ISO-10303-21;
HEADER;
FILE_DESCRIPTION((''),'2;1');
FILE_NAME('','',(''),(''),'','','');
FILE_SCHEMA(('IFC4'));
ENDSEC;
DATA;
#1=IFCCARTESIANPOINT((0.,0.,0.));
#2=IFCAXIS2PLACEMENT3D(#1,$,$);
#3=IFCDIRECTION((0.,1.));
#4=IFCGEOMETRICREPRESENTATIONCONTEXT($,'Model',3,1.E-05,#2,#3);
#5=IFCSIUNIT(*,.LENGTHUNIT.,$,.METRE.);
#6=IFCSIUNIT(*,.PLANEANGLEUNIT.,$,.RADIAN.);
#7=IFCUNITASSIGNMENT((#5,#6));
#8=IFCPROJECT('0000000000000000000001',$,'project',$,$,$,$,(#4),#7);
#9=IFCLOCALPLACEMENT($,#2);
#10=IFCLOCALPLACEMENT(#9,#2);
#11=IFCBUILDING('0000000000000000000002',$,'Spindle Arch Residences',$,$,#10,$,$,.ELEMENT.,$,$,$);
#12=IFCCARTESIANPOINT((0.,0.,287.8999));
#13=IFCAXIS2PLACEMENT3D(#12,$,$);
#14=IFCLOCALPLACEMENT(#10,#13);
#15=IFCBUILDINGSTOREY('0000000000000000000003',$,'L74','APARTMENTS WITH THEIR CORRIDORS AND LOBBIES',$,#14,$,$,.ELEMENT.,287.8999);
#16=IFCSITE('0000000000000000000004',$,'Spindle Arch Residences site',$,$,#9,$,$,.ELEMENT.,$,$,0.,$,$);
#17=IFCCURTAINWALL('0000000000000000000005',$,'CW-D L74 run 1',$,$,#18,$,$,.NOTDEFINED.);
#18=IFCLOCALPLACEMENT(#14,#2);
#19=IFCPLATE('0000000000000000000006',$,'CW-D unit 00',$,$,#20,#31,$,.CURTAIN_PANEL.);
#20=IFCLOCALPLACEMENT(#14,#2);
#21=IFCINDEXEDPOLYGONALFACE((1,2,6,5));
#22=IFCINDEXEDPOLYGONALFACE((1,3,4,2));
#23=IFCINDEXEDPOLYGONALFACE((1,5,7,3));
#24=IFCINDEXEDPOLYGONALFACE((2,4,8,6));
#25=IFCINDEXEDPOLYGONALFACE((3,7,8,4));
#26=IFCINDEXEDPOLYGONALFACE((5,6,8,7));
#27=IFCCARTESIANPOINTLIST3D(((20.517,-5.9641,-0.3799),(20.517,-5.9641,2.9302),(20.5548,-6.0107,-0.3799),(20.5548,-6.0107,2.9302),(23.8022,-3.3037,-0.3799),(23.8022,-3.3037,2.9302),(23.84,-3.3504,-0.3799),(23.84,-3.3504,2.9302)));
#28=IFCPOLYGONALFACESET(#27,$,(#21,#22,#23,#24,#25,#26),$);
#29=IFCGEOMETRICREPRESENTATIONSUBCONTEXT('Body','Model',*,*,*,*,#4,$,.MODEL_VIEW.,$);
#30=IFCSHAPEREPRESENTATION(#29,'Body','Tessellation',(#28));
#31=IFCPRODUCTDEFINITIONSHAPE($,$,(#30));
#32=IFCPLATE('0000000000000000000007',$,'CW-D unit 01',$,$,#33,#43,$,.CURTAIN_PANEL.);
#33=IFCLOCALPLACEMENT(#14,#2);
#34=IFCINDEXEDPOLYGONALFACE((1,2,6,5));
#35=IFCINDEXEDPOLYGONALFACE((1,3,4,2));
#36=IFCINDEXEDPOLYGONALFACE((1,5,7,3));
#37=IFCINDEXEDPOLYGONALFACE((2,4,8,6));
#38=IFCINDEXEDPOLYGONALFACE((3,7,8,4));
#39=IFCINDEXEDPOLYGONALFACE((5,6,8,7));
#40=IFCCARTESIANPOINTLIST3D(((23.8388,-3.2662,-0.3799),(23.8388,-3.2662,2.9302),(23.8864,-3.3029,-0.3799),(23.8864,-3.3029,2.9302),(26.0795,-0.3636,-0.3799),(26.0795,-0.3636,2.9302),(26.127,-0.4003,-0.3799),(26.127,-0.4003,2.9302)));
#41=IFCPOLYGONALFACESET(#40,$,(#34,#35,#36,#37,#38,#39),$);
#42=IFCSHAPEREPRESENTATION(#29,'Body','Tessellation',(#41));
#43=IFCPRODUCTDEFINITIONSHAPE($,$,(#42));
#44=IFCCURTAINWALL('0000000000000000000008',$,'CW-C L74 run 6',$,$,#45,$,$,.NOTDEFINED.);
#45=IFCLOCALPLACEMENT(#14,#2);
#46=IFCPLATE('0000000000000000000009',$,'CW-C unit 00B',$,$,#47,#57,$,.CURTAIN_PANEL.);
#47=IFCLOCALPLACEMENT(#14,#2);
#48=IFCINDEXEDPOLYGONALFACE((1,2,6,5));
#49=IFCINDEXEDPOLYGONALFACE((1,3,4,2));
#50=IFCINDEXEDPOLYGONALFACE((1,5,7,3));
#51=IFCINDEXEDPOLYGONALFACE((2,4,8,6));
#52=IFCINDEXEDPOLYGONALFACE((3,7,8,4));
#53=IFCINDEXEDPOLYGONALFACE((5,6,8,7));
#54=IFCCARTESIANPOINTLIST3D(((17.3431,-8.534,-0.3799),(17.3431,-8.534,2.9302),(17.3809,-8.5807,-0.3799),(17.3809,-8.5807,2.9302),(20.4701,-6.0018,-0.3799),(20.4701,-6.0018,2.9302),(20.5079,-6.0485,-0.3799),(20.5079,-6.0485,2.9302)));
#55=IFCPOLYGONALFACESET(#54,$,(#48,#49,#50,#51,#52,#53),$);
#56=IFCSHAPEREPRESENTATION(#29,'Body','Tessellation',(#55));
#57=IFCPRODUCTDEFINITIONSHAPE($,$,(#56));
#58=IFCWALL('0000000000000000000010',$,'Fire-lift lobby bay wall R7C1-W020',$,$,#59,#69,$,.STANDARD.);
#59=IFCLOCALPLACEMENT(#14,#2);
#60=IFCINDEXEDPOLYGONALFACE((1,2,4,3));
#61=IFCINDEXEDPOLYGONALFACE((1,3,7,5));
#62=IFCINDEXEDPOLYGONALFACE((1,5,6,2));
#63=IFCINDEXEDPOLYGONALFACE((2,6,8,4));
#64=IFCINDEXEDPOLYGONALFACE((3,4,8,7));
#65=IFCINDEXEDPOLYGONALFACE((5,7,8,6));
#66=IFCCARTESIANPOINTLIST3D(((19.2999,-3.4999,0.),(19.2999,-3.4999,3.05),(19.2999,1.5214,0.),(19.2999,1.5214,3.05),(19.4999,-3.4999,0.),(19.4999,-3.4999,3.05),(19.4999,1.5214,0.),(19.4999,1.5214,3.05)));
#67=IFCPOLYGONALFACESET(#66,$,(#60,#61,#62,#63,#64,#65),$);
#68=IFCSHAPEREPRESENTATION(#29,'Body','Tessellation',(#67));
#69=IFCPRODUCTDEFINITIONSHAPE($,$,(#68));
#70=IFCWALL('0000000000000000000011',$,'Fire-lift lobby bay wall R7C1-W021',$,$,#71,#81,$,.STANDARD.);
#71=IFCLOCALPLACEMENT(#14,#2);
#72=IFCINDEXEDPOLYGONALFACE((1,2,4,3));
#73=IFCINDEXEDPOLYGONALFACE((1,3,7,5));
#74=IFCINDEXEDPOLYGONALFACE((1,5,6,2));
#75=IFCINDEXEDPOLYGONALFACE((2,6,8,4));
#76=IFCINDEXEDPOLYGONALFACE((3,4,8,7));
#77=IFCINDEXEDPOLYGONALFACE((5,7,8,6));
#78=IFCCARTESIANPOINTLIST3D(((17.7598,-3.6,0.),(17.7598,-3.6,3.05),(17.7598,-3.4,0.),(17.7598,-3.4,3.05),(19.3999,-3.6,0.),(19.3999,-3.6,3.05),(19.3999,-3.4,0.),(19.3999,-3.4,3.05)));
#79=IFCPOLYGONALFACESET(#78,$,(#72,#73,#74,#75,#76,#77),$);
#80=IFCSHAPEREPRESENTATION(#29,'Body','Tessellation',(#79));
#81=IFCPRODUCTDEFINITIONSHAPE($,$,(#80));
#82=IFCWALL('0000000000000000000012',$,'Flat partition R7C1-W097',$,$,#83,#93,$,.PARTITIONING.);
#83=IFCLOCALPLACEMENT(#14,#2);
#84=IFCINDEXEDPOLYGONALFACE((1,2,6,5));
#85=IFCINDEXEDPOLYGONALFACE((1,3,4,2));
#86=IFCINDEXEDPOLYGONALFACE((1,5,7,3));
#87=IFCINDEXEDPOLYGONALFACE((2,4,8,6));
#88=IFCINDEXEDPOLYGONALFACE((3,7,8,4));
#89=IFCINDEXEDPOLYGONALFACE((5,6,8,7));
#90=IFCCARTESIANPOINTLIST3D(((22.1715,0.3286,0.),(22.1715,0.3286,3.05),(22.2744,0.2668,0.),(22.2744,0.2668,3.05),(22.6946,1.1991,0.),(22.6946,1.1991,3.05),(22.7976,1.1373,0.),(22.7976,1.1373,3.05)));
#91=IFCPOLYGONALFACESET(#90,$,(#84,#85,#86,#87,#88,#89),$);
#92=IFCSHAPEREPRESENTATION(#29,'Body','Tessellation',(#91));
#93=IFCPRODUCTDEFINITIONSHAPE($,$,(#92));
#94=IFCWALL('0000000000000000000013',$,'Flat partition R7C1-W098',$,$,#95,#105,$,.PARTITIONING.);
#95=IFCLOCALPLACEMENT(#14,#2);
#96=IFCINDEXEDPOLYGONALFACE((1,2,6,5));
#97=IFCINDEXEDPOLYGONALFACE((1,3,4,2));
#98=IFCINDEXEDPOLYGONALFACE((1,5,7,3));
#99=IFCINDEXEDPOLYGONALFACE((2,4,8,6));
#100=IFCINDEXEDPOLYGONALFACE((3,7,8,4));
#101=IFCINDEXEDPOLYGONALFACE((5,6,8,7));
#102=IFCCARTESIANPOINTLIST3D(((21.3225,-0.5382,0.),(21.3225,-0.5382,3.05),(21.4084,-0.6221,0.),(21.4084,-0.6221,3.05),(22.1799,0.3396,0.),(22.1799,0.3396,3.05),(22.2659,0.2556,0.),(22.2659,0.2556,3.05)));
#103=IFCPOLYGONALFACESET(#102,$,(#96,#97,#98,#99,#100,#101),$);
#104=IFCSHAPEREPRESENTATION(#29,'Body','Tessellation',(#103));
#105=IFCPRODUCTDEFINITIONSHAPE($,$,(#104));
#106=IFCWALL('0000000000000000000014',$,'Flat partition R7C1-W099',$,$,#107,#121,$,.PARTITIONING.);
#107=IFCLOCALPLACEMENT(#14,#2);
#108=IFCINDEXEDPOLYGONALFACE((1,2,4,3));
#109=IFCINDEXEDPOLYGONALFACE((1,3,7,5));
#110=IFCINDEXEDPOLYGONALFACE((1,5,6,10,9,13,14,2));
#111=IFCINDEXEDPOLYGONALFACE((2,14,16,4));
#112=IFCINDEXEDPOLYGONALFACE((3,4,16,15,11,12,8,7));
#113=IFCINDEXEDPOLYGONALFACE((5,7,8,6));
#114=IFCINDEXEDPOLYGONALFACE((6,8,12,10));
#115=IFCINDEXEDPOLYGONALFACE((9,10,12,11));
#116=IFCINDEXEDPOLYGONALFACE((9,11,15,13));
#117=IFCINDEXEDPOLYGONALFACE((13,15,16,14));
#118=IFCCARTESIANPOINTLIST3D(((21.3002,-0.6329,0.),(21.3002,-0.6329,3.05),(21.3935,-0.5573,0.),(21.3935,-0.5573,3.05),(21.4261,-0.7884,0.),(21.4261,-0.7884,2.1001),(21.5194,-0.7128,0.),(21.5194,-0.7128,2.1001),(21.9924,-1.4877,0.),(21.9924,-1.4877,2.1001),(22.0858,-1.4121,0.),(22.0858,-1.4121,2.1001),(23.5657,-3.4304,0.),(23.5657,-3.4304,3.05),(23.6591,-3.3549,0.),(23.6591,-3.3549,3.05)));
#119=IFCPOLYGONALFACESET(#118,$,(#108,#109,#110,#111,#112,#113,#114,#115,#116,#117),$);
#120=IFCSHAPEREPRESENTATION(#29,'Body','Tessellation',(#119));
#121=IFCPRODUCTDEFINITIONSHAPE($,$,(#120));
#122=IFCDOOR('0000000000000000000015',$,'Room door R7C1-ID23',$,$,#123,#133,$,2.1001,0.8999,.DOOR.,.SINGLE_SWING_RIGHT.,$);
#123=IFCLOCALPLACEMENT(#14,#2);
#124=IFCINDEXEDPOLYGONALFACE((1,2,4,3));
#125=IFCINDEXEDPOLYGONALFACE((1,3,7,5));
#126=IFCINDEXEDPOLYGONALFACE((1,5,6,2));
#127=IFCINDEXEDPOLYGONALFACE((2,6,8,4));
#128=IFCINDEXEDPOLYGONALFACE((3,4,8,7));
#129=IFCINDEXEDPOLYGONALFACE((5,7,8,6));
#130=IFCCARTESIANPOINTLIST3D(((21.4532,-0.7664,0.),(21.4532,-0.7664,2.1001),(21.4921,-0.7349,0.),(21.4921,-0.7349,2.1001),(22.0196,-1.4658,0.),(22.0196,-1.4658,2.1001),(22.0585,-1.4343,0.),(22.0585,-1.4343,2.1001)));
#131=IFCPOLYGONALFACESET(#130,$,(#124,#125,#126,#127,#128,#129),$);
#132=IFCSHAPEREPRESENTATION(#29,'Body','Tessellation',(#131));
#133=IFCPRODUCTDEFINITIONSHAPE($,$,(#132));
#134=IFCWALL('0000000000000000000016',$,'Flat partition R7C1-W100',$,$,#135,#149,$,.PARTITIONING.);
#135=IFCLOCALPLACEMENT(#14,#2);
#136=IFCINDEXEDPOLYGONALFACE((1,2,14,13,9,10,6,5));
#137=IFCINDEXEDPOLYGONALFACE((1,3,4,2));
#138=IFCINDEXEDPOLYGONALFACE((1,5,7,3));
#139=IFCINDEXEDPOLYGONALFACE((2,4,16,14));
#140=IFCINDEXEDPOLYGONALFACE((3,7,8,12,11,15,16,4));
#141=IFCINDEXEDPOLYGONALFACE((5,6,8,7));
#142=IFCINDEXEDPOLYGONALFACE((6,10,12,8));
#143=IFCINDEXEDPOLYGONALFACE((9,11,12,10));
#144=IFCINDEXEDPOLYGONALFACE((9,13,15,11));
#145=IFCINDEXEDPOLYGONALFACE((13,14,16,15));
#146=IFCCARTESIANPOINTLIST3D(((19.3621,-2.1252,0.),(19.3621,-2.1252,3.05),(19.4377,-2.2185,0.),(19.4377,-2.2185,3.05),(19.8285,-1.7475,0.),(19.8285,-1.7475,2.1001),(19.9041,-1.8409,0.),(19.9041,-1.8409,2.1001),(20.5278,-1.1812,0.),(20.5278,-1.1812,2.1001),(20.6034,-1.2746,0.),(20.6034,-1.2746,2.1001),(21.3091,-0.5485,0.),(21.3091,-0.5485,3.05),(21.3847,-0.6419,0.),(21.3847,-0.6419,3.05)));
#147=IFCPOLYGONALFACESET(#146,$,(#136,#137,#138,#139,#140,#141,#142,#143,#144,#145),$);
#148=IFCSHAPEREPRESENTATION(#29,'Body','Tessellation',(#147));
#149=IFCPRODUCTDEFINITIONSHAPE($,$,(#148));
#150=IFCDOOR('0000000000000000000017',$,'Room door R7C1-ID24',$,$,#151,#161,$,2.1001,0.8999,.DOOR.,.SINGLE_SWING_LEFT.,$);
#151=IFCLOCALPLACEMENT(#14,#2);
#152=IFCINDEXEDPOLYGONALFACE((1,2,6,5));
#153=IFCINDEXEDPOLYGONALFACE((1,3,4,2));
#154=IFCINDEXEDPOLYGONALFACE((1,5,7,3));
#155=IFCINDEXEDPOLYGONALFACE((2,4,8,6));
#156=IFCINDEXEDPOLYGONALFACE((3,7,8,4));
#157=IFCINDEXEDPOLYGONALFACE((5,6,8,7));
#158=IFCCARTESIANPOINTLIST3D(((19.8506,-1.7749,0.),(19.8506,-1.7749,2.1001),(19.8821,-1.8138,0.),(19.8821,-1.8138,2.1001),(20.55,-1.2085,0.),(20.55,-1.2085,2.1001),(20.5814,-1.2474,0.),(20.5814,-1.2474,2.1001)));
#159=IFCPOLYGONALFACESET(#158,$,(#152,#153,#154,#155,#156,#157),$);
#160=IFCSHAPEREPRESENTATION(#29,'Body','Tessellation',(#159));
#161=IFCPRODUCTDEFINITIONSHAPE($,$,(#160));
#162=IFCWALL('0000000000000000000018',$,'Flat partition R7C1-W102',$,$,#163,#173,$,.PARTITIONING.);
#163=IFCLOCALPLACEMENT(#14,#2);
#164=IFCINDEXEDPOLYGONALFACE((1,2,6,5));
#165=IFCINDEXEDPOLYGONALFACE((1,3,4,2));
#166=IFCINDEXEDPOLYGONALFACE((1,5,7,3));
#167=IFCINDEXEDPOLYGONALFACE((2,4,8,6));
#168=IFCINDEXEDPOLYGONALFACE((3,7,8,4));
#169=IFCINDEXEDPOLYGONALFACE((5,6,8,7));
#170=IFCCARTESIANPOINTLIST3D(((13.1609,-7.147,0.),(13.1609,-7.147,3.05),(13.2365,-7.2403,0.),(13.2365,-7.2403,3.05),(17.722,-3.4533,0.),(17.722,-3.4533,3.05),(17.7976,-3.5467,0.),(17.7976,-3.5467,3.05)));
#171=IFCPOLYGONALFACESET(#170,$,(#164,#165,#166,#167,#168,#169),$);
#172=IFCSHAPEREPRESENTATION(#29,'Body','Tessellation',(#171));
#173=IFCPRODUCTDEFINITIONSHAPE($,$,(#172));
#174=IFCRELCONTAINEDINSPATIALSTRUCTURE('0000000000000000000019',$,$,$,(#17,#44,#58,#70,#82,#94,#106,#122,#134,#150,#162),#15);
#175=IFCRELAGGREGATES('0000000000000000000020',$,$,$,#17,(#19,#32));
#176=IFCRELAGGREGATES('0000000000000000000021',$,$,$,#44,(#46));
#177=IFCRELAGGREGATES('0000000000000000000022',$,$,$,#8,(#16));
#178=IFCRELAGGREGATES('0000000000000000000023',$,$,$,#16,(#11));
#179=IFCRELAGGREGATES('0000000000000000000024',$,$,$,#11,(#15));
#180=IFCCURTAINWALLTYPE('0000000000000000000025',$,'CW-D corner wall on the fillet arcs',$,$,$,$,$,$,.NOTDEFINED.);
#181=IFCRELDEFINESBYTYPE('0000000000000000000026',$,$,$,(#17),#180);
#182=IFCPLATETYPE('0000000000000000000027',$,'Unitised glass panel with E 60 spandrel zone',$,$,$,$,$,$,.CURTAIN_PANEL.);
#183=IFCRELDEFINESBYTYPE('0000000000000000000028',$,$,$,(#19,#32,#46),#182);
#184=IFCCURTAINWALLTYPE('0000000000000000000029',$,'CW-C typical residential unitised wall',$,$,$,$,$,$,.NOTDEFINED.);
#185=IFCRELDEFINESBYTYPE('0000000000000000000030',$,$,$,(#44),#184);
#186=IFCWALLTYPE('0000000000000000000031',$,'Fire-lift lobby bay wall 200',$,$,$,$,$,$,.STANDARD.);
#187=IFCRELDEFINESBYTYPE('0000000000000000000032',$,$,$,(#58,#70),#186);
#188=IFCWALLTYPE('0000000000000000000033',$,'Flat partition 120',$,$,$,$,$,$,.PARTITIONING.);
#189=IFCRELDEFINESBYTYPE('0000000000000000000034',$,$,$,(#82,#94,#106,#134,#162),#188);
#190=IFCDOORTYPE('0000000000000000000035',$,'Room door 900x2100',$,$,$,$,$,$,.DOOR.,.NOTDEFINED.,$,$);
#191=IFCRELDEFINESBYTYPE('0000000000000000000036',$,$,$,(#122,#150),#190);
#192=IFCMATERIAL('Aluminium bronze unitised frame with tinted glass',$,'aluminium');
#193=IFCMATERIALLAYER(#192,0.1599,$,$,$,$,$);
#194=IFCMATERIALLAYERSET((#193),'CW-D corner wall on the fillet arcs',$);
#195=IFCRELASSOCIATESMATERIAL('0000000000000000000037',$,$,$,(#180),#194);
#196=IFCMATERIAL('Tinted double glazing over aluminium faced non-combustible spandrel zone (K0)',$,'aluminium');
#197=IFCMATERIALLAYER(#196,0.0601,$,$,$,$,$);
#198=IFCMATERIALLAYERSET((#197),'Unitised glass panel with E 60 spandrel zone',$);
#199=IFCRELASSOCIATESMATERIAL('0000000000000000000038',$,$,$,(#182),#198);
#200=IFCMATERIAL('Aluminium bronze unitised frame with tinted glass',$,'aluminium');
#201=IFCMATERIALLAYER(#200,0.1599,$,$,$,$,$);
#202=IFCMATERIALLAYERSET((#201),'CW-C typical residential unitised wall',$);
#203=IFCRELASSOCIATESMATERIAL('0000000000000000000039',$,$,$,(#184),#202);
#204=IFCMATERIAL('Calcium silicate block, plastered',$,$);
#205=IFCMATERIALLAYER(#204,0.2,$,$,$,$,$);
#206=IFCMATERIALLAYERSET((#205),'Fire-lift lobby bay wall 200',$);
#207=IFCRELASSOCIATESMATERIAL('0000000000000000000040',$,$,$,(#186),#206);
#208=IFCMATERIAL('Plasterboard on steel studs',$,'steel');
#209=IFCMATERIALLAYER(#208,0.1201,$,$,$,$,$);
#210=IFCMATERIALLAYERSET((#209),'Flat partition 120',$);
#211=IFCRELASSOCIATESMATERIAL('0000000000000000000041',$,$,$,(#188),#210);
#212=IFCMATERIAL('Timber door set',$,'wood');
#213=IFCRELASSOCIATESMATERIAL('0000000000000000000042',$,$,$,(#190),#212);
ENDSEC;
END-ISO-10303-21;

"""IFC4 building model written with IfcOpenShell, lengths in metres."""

from ifc_helpers import new_model, si_unit, direction, frame, frame_2d, origin, origin_2d, place, context, subcontext, project, spatial, rectangle, extrude, material, layer, layer_set, type_object, element, fill, aggregate, save


model = new_model("IFC4")

# Units and contexts
model_context = context("Model", 3, precision=1e-05, world=origin(), true_north=direction((0.0, 1.0)))
body_context = subcontext(model_context, "Body", "Model", "MODEL_VIEW")
ifc_project = project(units=[si_unit("LENGTHUNIT", "METRE"), si_unit("PLANEANGLEUNIT", "RADIAN")], contexts=[model_context])

# Site, building, storey
site_placement = place(None, origin())
site = spatial("IfcSite", under=ifc_project, at=site_placement, Name="Spindle Arch Residences site", CompositionType="ELEMENT", RefElevation=0.0)
building_placement = place(site_placement, origin())
building = spatial("IfcBuilding", under=site, at=building_placement, Name="Spindle Arch Residences", CompositionType="ELEMENT")
storey_placement = place(building_placement, frame((0.0, 0.0, 287.8999)))
storey = spatial("IfcBuildingStorey", under=building, at=storey_placement, Name="L74", Description="APARTMENTS WITH THEIR CORRIDORS AND LOBBIES", CompositionType="ELEMENT", Elevation=287.8999)

# Curtain wall
ifc_material_1 = material(Name="Aluminium bronze unitised frame with tinted glass", Category="aluminium")
ifc_layer_1 = layer(ifc_material_1, 0.1599)
ifc_layer_set_1 = layer_set([ifc_layer_1], Name="CW-D corner wall on the fillet arcs")
curtain_wall_type_1 = type_object("IfcCurtainWallType", Name="CW-D corner wall on the fillet arcs", PredefinedType="NOTDEFINED", material=ifc_layer_set_1)
curtain_wall_1_placement = place(storey_placement, origin())
curtain_wall_1 = element("IfcCurtainWall", 1, at=curtain_wall_1_placement, inside=storey, type_object=curtain_wall_type_1, Name="CW-D L74 run 1", PredefinedType="NOTDEFINED")

# Plates
ifc_material_2 = material(Name="Tinted double glazing over aluminium faced non-combustible spandrel zone (K0)", Category="aluminium")
ifc_layer_2 = layer(ifc_material_2, 0.0601)
ifc_layer_set_2 = layer_set([ifc_layer_2], Name="Unitised glass panel with E 60 spandrel zone")
plate_type = type_object("IfcPlateType", Name="Unitised glass panel with E 60 spandrel zone", PredefinedType="CURTAIN_PANEL", material=ifc_layer_set_2)
plate_1_placement = place(storey_placement, frame((22.1785, -4.6572, -0.3799), z_axis=(0.0, 0.0, 1.0), x_axis=(0.777146, 0.62932, 0.0)))
plate_1 = element("IfcPlate", 2, at=plate_1_placement, type_object=plate_type, Name="CW-D unit 00", PredefinedType="CURTAIN_PANEL", context=body_context, shape_type="SweptSolid", body=[
    extrude(rectangle(XDim=4.2273, YDim=0.0601, at=origin_2d()), origin(), (0.0, 0.0, 1.0), 3.3101),
])
plate_2_placement = place(storey_placement, frame((24.9829, -1.8333, -0.3799), z_axis=(0.0, 0.0, 1.0), x_axis=(0.611067, 0.791579, 0.0)))
plate_2 = element("IfcPlate", 3, at=plate_2_placement, type_object=plate_type, Name="CW-D unit 01", PredefinedType="CURTAIN_PANEL", context=body_context, shape_type="SweptSolid", body=[
    extrude(rectangle(XDim=3.6667, YDim=0.0601, at=origin_2d()), origin(), (0.0, 0.0, 1.0), 3.3101),
])
aggregate(curtain_wall_1, [plate_1, plate_2])

# Curtain wall, plate
ifc_material_3 = material(Name="Aluminium bronze unitised frame with tinted glass", Category="aluminium")
ifc_layer_3 = layer(ifc_material_3, 0.1599)
ifc_layer_set_3 = layer_set([ifc_layer_3], Name="CW-C typical residential unitised wall")
curtain_wall_type_2 = type_object("IfcCurtainWallType", Name="CW-C typical residential unitised wall", PredefinedType="NOTDEFINED", material=ifc_layer_set_3)
curtain_wall_2_placement = place(storey_placement, origin())
curtain_wall_2 = element("IfcCurtainWall", 4, at=curtain_wall_2_placement, inside=storey, type_object=curtain_wall_type_2, Name="CW-C L74 run 6", PredefinedType="NOTDEFINED")
plate_3_placement = place(storey_placement, frame((18.9255, -7.2913, -0.3799), z_axis=(0.0, 0.0, 1.0), x_axis=(0.777146, 0.62932, 0.0)))
plate_3 = element("IfcPlate", 5, at=plate_3_placement, type_object=plate_type, Name="CW-C unit 00B", PredefinedType="CURTAIN_PANEL", context=body_context, shape_type="SweptSolid", body=[
    extrude(rectangle(XDim=4.0237, YDim=0.0601, at=origin_2d()), origin(), (0.0, 0.0, 1.0), 3.3101),
])
aggregate(curtain_wall_2, [plate_3])

# Walls
ifc_material_4 = material(Name="Calcium silicate block, plastered")
ifc_layer_4 = layer(ifc_material_4, 0.2)
ifc_layer_set_4 = layer_set([ifc_layer_4], Name="Fire-lift lobby bay wall 200")
wall_type_1 = type_object("IfcWallType", Name="Fire-lift lobby bay wall 200", PredefinedType="STANDARD", material=ifc_layer_set_4)
wall_1_placement = place(storey_placement, frame((19.3999, -3.5, 0.0), z_axis=(0.0, 0.0, 1.0), x_axis=(0.0, 1.0, 0.0)))
element("IfcWall", 6, at=wall_1_placement, inside=storey, type_object=wall_type_1, Name="Fire-lift lobby bay wall R7C1-W020", PredefinedType="STANDARD", context=body_context, shape_type="SweptSolid", body=[
    extrude(rectangle(XDim=5.0212, YDim=0.2, at=frame_2d((2.5107, 0.0))), origin(), (0.0, 0.0, 1.0), 3.05),
])
wall_2_placement = place(storey_placement, frame((17.7598, -3.5, 0.0), z_axis=(0.0, 0.0, 1.0), x_axis=(1.0, 0.0, 0.0)))
element("IfcWall", 7, at=wall_2_placement, inside=storey, type_object=wall_type_1, Name="Fire-lift lobby bay wall R7C1-W021", PredefinedType="STANDARD", context=body_context, shape_type="SweptSolid", body=[
    extrude(rectangle(XDim=1.6401, YDim=0.2, at=frame_2d((0.8201, 0.0))), origin(), (0.0, 0.0, 1.0), 3.05),
])
ifc_material_5 = material(Name="Plasterboard on steel studs", Category="steel")
ifc_layer_5 = layer(ifc_material_5, 0.1201)
ifc_layer_set_5 = layer_set([ifc_layer_5], Name="Flat partition 120")
wall_type_2 = type_object("IfcWallType", Name="Flat partition 120", PredefinedType="PARTITIONING", material=ifc_layer_set_5)
wall_3_placement = place(storey_placement, frame((22.7461, 1.1682, 0.0), z_axis=(0.0, 0.0, 1.0), x_axis=(-0.515097, -0.857132, 0.0)))
element("IfcWall", 8, at=wall_3_placement, inside=storey, type_object=wall_type_2, Name="Flat partition R7C1-W097", PredefinedType="PARTITIONING", context=body_context, shape_type="SweptSolid", body=[
    extrude(rectangle(XDim=1.0156, YDim=0.1201, at=frame_2d((0.5078, 0.0))), origin(), (0.0, 0.0, 1.0), 3.05),
])
wall_4_placement = place(storey_placement, frame((22.2229, 0.2976, 0.0), z_axis=(0.0, 0.0, 1.0), x_axis=(-0.698801, -0.715316, 0.0)))
element("IfcWall", 9, at=wall_4_placement, inside=storey, type_object=wall_type_2, Name="Flat partition R7C1-W098", PredefinedType="PARTITIONING", context=body_context, shape_type="SweptSolid", body=[
    extrude(rectangle(XDim=1.2271, YDim=0.1201, at=frame_2d((0.6135, 0.0))), origin(), (0.0, 0.0, 1.0), 3.05),
])

# Walls, openings, doors
wall_5_placement = place(storey_placement, frame((21.3469, -0.5952, 0.0), z_axis=(0.0, 0.0, 1.0), x_axis=(0.629348, -0.777123, 0.0)))
wall_5 = element("IfcWall", 10, at=wall_5_placement, inside=storey, type_object=wall_type_2, Name="Flat partition R7C1-W099", PredefinedType="PARTITIONING", context=body_context, shape_type="SweptSolid", body=[
    extrude(rectangle(XDim=3.5999, YDim=0.1201, at=frame_2d((1.7998, 0.0))), origin(), (0.0, 0.0, 1.0), 3.05),
])
opening_1_placement = place(wall_5_placement, frame((0.2, 0.0, 0.0)))
opening_1 = element("IfcOpeningElement", 11, at=opening_1_placement, cuts=wall_5, PredefinedType="OPENING", context=body_context, shape_type="SweptSolid", body=[
    extrude(rectangle(XDim=0.8999, YDim=2.1001, at=frame_2d((0.45, 1.05))), frame((0.0, 0.0701, 0.0), z_axis=(0.0, -1.0, 0.0), x_axis=(1.0, 0.0, 0.0)), (0.0, 0.0, 1.0), 0.1401),
])
ifc_material_6 = material(Name="Timber door set", Category="wood")
door_type = type_object("IfcDoorType", Name="Room door 900x2100", OperationType="NOTDEFINED", PredefinedType="DOOR", material=ifc_material_6)
door_1_placement = place(opening_1_placement, origin())
door_1 = element("IfcDoor", 12, at=door_1_placement, inside=storey, type_object=door_type, Name="Room door R7C1-ID23", OperationType="SINGLE_SWING_RIGHT", OverallHeight=2.1001, OverallWidth=0.8999, PredefinedType="DOOR", context=body_context, shape_type="SweptSolid", body=[
    extrude(rectangle(XDim=0.8999, YDim=2.1001, at=frame_2d((0.45, 1.05))), frame((0.0, 0.0249, 0.0), z_axis=(0.0, -1.0, 0.0), x_axis=(1.0, 0.0, 0.0)), (0.0, 0.0, 1.0), 0.05),
])
fill(opening_1, door_1)
wall_6_placement = place(storey_placement, frame((19.3999, -2.1719, 0.0), z_axis=(0.0, 0.0, 1.0), x_axis=(0.777147, 0.629319, 0.0)))
wall_6 = element("IfcWall", 13, at=wall_6_placement, inside=storey, type_object=wall_type_2, Name="Flat partition R7C1-W100", PredefinedType="PARTITIONING", context=body_context, shape_type="SweptSolid", body=[
    extrude(rectangle(XDim=2.5054, YDim=0.1201, at=frame_2d((1.2527, 0.0))), origin(), (0.0, 0.0, 1.0), 3.05),
])
opening_2_placement = place(wall_6_placement, frame((0.6001, 0.0, 0.0)))
opening_2 = element("IfcOpeningElement", 14, at=opening_2_placement, cuts=wall_6, PredefinedType="OPENING", context=body_context, shape_type="SweptSolid", body=[
    extrude(rectangle(XDim=0.8999, YDim=2.1001, at=frame_2d((0.45, 1.05))), frame((0.0, 0.0701, 0.0), z_axis=(0.0, -1.0, 0.0), x_axis=(1.0, 0.0, 0.0)), (0.0, 0.0, 1.0), 0.1401),
])
door_2_placement = place(opening_2_placement, origin())
door_2 = element("IfcDoor", 15, at=door_2_placement, inside=storey, type_object=door_type, Name="Room door R7C1-ID24", OperationType="SINGLE_SWING_LEFT", OverallHeight=2.1001, OverallWidth=0.8999, PredefinedType="DOOR", context=body_context, shape_type="SweptSolid", body=[
    extrude(rectangle(XDim=0.8999, YDim=2.1001, at=frame_2d((0.45, 1.05))), frame((0.0, 0.0249, 0.0), z_axis=(0.0, -1.0, 0.0), x_axis=(1.0, 0.0, 0.0)), (0.0, 0.0, 1.0), 0.05),
])
fill(opening_2, door_2)

# Wall
wall_7_placement = place(storey_placement, frame((17.7598, -3.5, 0.0), z_axis=(0.0, 0.0, 1.0), x_axis=(-0.777133, -0.629336, 0.0)))
element("IfcWall", 16, at=wall_7_placement, inside=storey, type_object=wall_type_2, Name="Flat partition R7C1-W102", PredefinedType="PARTITIONING", context=body_context, shape_type="SweptSolid", body=[
    extrude(rectangle(XDim=5.8691, YDim=0.1201, at=frame_2d((2.9346, 0.0))), origin(), (0.0, 0.0, 1.0), 3.05),
])

save(model, "model.ifc")
